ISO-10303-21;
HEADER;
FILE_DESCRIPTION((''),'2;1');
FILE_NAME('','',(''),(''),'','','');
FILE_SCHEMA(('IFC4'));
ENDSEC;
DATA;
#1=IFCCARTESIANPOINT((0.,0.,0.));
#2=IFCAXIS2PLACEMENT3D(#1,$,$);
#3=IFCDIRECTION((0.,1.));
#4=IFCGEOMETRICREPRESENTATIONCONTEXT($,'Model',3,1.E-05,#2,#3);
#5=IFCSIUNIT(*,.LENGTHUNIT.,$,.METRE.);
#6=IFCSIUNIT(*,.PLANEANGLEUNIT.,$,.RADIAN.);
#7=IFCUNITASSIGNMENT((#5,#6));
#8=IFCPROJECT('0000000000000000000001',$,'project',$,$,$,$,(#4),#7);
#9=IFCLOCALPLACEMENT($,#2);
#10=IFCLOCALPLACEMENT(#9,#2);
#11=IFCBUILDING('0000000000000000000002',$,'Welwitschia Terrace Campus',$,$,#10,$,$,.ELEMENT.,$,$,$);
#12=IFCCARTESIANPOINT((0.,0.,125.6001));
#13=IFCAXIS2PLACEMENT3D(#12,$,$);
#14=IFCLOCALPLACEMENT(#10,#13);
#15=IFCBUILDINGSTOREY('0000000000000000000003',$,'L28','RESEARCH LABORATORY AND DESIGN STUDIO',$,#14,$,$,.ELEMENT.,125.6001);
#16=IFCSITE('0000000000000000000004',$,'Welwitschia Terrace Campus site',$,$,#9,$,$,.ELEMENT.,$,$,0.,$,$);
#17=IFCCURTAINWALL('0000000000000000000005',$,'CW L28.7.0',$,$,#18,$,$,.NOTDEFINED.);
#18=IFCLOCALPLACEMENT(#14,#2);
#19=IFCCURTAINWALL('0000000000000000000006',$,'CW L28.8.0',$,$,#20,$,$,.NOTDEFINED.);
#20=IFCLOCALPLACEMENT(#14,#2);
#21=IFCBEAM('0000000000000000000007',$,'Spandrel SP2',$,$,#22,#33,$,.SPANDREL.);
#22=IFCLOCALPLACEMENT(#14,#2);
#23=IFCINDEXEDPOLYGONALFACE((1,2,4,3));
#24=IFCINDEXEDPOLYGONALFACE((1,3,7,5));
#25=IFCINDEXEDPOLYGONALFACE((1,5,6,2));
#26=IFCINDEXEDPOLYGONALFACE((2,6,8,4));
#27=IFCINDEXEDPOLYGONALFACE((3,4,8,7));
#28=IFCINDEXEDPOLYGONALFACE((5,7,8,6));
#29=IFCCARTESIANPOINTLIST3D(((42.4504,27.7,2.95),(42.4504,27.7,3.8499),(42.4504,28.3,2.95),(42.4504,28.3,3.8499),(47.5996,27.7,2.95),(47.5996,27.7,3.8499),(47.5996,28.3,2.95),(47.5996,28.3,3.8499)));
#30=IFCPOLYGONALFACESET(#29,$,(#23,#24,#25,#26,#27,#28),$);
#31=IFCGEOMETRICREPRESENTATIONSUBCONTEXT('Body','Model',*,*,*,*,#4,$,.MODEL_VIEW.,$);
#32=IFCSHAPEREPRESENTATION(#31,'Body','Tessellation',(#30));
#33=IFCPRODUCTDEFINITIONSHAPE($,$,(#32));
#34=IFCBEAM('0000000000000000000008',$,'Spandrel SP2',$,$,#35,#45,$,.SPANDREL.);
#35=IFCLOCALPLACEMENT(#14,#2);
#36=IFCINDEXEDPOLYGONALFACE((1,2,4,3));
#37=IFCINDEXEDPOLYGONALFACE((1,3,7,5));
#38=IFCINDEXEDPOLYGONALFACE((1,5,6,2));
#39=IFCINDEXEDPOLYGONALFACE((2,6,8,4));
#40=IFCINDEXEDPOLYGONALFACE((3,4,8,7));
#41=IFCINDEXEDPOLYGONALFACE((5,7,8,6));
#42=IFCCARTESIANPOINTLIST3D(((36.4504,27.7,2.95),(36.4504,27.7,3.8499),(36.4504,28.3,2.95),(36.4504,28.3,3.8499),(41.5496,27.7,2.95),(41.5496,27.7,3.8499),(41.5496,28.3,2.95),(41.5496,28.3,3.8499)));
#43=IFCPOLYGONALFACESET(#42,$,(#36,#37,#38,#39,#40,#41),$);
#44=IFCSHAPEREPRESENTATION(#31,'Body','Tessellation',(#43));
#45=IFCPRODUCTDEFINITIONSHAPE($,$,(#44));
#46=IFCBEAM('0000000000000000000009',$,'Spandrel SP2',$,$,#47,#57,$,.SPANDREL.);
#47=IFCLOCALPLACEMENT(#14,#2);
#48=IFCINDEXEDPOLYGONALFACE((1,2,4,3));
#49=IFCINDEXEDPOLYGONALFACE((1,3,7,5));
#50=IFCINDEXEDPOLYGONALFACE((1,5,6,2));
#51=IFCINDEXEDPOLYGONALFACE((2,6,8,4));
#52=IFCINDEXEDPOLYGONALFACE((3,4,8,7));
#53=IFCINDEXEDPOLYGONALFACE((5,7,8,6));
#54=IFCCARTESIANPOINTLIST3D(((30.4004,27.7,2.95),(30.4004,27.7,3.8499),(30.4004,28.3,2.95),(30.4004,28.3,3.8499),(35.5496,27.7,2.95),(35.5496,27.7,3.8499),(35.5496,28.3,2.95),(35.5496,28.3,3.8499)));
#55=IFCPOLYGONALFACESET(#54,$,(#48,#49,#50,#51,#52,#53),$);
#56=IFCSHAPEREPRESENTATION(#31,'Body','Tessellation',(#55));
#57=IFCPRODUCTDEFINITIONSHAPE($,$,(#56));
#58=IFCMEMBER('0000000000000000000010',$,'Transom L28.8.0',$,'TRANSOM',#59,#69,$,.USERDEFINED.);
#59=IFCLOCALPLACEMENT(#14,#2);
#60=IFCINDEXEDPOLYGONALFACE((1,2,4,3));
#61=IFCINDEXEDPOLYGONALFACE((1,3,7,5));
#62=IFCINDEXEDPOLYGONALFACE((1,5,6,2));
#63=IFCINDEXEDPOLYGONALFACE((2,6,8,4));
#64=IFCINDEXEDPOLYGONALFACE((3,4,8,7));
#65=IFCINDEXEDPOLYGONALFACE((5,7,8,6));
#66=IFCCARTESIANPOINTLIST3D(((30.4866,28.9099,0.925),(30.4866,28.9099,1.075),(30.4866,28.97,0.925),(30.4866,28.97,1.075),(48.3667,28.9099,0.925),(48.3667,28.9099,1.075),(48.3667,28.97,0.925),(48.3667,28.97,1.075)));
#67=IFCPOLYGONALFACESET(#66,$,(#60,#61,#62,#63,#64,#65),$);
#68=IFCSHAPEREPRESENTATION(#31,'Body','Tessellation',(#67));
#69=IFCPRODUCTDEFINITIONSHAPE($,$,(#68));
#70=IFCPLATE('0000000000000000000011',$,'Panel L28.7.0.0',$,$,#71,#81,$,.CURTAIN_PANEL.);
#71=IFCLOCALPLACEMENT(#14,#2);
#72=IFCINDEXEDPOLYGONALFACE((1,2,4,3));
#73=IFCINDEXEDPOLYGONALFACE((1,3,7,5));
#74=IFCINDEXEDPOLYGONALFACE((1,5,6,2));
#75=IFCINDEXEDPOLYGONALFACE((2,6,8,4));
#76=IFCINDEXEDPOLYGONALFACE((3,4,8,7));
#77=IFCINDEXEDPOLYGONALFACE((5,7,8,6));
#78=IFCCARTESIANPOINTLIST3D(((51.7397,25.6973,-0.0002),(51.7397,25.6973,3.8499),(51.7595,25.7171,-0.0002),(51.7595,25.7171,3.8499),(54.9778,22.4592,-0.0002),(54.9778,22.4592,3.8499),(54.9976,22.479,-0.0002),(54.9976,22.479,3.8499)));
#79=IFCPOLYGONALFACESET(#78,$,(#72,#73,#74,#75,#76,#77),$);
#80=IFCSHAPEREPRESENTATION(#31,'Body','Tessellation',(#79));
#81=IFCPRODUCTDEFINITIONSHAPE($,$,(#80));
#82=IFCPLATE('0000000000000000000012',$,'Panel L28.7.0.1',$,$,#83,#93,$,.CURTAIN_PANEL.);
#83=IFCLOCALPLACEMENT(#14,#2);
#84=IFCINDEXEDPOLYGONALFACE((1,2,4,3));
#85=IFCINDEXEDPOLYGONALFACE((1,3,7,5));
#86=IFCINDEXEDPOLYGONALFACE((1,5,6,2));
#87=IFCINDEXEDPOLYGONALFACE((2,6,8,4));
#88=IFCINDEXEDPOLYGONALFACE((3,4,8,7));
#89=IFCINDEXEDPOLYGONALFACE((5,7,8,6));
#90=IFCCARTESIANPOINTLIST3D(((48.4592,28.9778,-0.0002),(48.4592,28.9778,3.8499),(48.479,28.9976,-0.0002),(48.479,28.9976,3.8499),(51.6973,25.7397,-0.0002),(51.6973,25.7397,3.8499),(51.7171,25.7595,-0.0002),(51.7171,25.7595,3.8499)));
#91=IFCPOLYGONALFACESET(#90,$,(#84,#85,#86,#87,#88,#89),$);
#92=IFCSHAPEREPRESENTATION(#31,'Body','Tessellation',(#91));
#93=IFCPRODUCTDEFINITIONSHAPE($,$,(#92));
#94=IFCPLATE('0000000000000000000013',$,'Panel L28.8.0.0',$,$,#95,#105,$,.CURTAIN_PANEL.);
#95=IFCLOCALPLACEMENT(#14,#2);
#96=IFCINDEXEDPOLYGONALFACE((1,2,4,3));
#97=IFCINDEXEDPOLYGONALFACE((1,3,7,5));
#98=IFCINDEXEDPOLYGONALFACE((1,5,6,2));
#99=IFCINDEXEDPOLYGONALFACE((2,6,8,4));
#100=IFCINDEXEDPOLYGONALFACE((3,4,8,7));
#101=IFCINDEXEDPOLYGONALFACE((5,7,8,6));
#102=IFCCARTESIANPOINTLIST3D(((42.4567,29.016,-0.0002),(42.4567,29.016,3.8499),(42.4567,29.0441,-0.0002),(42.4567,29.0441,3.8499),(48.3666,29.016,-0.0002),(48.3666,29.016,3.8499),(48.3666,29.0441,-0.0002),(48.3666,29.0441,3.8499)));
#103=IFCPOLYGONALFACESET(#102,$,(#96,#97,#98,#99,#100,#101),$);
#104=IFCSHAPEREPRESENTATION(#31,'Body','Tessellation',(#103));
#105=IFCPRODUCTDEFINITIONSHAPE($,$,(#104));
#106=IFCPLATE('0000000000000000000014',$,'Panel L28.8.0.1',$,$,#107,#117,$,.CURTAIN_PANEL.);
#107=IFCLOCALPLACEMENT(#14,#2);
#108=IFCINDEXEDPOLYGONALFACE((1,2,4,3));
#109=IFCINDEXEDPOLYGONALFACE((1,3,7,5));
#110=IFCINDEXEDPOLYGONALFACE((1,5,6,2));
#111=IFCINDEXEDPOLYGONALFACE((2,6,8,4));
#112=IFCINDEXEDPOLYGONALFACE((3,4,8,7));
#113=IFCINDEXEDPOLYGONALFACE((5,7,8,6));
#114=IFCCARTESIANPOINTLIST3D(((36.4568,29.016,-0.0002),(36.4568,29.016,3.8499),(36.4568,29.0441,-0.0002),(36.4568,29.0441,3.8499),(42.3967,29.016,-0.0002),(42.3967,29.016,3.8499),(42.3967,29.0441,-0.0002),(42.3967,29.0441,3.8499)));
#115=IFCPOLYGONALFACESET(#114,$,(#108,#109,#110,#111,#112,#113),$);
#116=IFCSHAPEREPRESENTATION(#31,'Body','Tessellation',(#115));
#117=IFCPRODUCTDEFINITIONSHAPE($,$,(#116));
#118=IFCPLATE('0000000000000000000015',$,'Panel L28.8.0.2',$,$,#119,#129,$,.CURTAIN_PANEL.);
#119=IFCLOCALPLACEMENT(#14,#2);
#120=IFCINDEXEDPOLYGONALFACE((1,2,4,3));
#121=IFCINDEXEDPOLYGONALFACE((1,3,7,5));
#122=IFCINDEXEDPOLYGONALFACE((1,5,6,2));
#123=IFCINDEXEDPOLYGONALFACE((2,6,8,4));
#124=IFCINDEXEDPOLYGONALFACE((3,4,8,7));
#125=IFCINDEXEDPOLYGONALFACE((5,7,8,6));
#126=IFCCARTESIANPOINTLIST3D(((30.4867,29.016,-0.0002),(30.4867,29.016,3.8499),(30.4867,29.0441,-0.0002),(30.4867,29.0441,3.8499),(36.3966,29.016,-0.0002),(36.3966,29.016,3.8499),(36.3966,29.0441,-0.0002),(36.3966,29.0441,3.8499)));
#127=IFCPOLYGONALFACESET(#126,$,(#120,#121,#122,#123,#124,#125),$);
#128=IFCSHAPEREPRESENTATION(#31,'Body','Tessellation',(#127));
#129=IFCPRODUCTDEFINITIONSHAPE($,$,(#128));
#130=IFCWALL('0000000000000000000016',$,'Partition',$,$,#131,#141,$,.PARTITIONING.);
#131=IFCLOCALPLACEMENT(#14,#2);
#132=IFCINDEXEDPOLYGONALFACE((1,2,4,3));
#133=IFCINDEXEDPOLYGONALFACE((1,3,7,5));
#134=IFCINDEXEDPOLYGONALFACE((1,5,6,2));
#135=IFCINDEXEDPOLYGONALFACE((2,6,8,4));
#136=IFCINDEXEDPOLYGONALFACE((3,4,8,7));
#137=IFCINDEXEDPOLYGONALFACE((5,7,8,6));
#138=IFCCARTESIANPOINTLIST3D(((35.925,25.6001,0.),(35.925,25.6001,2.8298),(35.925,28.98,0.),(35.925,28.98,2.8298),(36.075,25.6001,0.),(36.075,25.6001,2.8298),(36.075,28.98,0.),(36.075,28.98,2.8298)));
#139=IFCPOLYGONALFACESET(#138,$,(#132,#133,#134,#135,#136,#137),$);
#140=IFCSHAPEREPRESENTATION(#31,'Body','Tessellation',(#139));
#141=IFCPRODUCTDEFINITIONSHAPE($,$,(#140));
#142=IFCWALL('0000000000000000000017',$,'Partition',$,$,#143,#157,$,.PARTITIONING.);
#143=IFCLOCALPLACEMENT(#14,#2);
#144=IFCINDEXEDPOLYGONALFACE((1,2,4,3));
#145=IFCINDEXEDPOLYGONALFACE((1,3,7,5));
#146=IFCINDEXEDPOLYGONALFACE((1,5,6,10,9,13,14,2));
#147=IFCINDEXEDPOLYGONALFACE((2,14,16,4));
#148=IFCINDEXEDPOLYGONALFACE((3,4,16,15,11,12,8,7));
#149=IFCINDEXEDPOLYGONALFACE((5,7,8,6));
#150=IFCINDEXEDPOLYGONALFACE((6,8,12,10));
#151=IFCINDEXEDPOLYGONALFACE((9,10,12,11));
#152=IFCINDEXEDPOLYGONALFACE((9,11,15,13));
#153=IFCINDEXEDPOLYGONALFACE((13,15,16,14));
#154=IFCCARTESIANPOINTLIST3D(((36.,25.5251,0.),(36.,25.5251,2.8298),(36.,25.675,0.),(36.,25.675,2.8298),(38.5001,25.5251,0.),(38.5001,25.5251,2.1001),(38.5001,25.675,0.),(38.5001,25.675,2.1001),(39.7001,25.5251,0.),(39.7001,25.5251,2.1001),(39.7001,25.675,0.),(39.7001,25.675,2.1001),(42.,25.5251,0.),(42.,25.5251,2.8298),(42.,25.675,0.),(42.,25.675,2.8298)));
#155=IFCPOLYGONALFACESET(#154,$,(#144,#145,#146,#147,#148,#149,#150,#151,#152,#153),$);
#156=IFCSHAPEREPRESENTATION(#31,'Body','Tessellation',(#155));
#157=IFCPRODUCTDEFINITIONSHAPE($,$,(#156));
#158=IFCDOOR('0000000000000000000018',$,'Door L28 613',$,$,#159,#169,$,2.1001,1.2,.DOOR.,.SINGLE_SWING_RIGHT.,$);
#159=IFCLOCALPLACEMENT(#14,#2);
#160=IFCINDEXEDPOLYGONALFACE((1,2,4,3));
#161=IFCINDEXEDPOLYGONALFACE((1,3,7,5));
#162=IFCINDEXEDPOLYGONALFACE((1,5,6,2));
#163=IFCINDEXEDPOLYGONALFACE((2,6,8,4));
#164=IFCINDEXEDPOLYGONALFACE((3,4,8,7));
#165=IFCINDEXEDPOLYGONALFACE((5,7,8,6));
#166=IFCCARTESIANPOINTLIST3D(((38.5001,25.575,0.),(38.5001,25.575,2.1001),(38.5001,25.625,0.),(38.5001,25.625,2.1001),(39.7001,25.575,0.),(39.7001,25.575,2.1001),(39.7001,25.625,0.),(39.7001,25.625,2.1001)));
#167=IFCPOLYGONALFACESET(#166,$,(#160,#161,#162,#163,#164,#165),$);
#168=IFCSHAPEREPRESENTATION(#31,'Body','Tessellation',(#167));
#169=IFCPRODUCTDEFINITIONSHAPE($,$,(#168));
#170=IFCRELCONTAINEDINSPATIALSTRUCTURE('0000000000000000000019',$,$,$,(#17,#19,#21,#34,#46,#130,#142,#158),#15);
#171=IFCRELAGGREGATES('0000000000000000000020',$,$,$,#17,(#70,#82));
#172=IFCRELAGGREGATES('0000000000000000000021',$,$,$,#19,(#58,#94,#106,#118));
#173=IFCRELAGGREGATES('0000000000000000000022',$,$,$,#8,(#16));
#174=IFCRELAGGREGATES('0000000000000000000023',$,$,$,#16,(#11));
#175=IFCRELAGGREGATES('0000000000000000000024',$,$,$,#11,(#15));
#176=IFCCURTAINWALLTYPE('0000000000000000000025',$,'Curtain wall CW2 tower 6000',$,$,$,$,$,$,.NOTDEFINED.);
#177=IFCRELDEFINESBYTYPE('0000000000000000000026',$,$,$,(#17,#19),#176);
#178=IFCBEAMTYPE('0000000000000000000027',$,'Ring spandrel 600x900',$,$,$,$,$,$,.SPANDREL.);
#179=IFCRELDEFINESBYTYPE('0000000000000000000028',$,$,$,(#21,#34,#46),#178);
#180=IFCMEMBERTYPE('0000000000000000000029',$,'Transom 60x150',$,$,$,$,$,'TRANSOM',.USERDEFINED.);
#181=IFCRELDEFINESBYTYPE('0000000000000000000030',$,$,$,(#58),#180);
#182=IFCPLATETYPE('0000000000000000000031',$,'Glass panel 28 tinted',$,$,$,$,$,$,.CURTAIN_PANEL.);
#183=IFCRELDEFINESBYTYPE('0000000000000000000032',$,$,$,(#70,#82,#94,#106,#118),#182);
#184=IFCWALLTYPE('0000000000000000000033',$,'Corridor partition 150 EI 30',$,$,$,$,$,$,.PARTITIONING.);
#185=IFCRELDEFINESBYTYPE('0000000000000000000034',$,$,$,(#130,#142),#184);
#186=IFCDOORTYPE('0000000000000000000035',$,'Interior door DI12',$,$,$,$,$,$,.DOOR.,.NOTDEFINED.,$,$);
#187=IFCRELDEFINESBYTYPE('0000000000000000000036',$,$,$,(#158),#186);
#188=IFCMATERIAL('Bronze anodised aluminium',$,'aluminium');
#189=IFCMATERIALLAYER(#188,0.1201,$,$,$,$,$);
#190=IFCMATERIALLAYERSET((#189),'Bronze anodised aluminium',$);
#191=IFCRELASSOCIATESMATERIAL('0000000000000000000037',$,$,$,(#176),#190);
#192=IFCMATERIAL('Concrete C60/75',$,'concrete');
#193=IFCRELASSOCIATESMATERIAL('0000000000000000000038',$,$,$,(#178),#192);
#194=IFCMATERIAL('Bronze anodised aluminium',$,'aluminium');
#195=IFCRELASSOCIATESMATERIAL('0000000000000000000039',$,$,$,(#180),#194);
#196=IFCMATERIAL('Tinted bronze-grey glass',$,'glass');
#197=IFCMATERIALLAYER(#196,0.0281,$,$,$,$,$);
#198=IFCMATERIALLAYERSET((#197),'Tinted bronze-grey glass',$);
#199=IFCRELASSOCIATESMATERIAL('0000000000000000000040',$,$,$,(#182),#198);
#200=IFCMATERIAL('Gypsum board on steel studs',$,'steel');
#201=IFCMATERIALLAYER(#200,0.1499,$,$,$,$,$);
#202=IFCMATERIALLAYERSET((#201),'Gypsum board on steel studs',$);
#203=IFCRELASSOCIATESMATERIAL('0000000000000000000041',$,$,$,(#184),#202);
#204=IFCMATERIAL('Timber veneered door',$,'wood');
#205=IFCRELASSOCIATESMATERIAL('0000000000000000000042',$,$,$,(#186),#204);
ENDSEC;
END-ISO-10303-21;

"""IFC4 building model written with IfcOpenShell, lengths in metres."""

from ifc_helpers import new_model, si_unit, direction, frame, frame_2d, origin, origin_2d, place, context, subcontext, project, spatial, rectangle, extrude, material, layer, layer_set, material_profile, profile_set, type_object, element, fill, aggregate, save


model = new_model("IFC4")

# Units and contexts
model_context = context("Model", 3, precision=1e-05, world=origin(), true_north=direction((0.0, 1.0)))
body_context = subcontext(model_context, "Body", "Model", "MODEL_VIEW")
ifc_project = project(units=[si_unit("LENGTHUNIT", "METRE"), si_unit("PLANEANGLEUNIT", "RADIAN")], contexts=[model_context])

# Site, building, storey
site_placement = place(None, origin())
site = spatial("IfcSite", under=ifc_project, at=site_placement, Name="Welwitschia Terrace Campus site", CompositionType="ELEMENT", RefElevation=0.0)
building_placement = place(site_placement, origin())
building = spatial("IfcBuilding", under=site, at=building_placement, Name="Welwitschia Terrace Campus", CompositionType="ELEMENT")
storey_placement = place(building_placement, frame((0.0, 0.0, 125.6001)))
storey = spatial("IfcBuildingStorey", under=building, at=storey_placement, Name="L28", Description="RESEARCH LABORATORY AND DESIGN STUDIO", CompositionType="ELEMENT", Elevation=125.6001)

# Curtain walls
ifc_material_1 = material(Name="Bronze anodised aluminium", Category="aluminium")
ifc_layer_1 = layer(ifc_material_1, 0.1201)
ifc_layer_set_1 = layer_set([ifc_layer_1], Name="Bronze anodised aluminium")
curtain_wall_type = type_object("IfcCurtainWallType", Name="Curtain wall CW2 tower 6000", PredefinedType="NOTDEFINED", material=ifc_layer_set_1)
curtain_wall_1_placement = place(storey_placement, origin())
curtain_wall_1 = element("IfcCurtainWall", 1, at=curtain_wall_1_placement, inside=storey, type_object=curtain_wall_type, Name="CW L28.7.0", PredefinedType="NOTDEFINED")
curtain_wall_2_placement = place(storey_placement, origin())
curtain_wall_2 = element("IfcCurtainWall", 2, at=curtain_wall_2_placement, inside=storey, type_object=curtain_wall_type, Name="CW L28.8.0", PredefinedType="NOTDEFINED")

# Beams
ifc_material_2 = material(Name="Concrete C60/75", Category="concrete")
ifc_material_profile_1 = material_profile(ifc_material_2, rectangle(XDim=0.6001, YDim=0.8999, at=origin_2d()))
ifc_profile_set_1 = profile_set([ifc_material_profile_1], Name="Concrete C60/75")
beam_type_1 = type_object("IfcBeamType", Name="Ring spandrel 600x900", PredefinedType="SPANDREL", material=ifc_profile_set_1)
beam_1_placement = place(storey_placement, frame((47.5996, 28.0, 3.3999), z_axis=(-1.0, 0.0, 0.0), x_axis=(0.0, -1.0, 0.0)))
element("IfcBeam", 3, at=beam_1_placement, inside=storey, type_object=beam_type_1, Name="Spandrel SP2", PredefinedType="SPANDREL", context=body_context, shape_type="SweptSolid", body=[
    extrude(rectangle(XDim=0.6001, YDim=0.8999, at=origin_2d()), origin(), (0.0, 0.0, 1.0), 5.1492),
])
beam_2_placement = place(storey_placement, frame((41.5496, 28.0, 3.3999), z_axis=(-1.0, 0.0, 0.0), x_axis=(0.0, -1.0, 0.0)))
element("IfcBeam", 4, at=beam_2_placement, inside=storey, type_object=beam_type_1, Name="Spandrel SP2", PredefinedType="SPANDREL", context=body_context, shape_type="SweptSolid", body=[
    extrude(rectangle(XDim=0.6001, YDim=0.8999, at=origin_2d()), origin(), (0.0, 0.0, 1.0), 5.0991),
])
beam_3_placement = place(storey_placement, frame((35.5496, 28.0, 3.3999), z_axis=(-1.0, 0.0, 0.0), x_axis=(0.0, -1.0, 0.0)))
element("IfcBeam", 5, at=beam_3_placement, inside=storey, type_object=beam_type_1, Name="Spandrel SP2", PredefinedType="SPANDREL", context=body_context, shape_type="SweptSolid", body=[
    extrude(rectangle(XDim=0.6001, YDim=0.8999, at=origin_2d()), origin(), (0.0, 0.0, 1.0), 5.1492),
])

# Member
ifc_material_3 = material(Name="Bronze anodised aluminium", Category="aluminium")
ifc_material_profile_2 = material_profile(ifc_material_3, rectangle(XDim=0.0601, YDim=0.1499, at=origin_2d()))
ifc_profile_set_2 = profile_set([ifc_material_profile_2], Name="Bronze anodised aluminium")
member_type_1 = type_object("IfcMemberType", Name="Transom 60x150", ElementType="TRANSOM", PredefinedType="USERDEFINED", material=ifc_profile_set_2)
member_1_placement = place(storey_placement, frame((48.3667, 28.9399, 1.0), z_axis=(-1.0, 0.0, 0.0), x_axis=(0.0, -1.0, 0.0)))
member_1 = element("IfcMember", 6, at=member_1_placement, type_object=member_type_1, Name="Transom L28.8.0", ObjectType="TRANSOM", PredefinedType="USERDEFINED", context=body_context, shape_type="SweptSolid", body=[
    extrude(rectangle(XDim=0.0601, YDim=0.1499, at=origin_2d()), origin(), (0.0, 0.0, 1.0), 17.8801),
])

# Plates
ifc_material_4 = material(Name="Tinted bronze-grey glass", Category="glass")
ifc_layer_2 = layer(ifc_material_4, 0.0281)
ifc_layer_set_2 = layer_set([ifc_layer_2], Name="Tinted bronze-grey glass")
plate_type = type_object("IfcPlateType", Name="Glass panel 28 tinted", PredefinedType="CURTAIN_PANEL", material=ifc_layer_set_2)
plate_1_placement = place(storey_placement, frame((53.3687, 24.0881, -0.0002), z_axis=(0.0, 0.0, 1.0), x_axis=(-0.707107, 0.707107, 0.0)))
plate_1 = element("IfcPlate", 7, at=plate_1_placement, type_object=plate_type, Name="Panel L28.7.0.0", PredefinedType="CURTAIN_PANEL", context=body_context, shape_type="SweptSolid", body=[
    extrude(rectangle(XDim=4.5793, YDim=0.0281, at=origin_2d()), origin(), (0.0, 0.0, 1.0), 3.8501),
])
plate_2_placement = place(storey_placement, frame((50.0881, 27.3687, -0.0002), z_axis=(0.0, 0.0, 1.0), x_axis=(-0.707107, 0.707107, 0.0)))
plate_2 = element("IfcPlate", 8, at=plate_2_placement, type_object=plate_type, Name="Panel L28.7.0.1", PredefinedType="CURTAIN_PANEL", context=body_context, shape_type="SweptSolid", body=[
    extrude(rectangle(XDim=4.5793, YDim=0.0281, at=origin_2d()), origin(), (0.0, 0.0, 1.0), 3.8501),
])
aggregate(curtain_wall_1, [plate_1, plate_2])
plate_3_placement = place(storey_placement, frame((45.4116, 29.03, -0.0002), z_axis=(0.0, 0.0, 1.0), x_axis=(-1.0, 0.0, 0.0)))
plate_3 = element("IfcPlate", 9, at=plate_3_placement, type_object=plate_type, Name="Panel L28.8.0.0", PredefinedType="CURTAIN_PANEL", context=body_context, shape_type="SweptSolid", body=[
    extrude(rectangle(XDim=5.9099, YDim=0.0281, at=origin_2d()), origin(), (0.0, 0.0, 1.0), 3.8501),
])
plate_4_placement = place(storey_placement, frame((39.4268, 29.03, -0.0002), z_axis=(0.0, 0.0, 1.0), x_axis=(-1.0, 0.0, 0.0)))
plate_4 = element("IfcPlate", 10, at=plate_4_placement, type_object=plate_type, Name="Panel L28.8.0.1", PredefinedType="CURTAIN_PANEL", context=body_context, shape_type="SweptSolid", body=[
    extrude(rectangle(XDim=5.9399, YDim=0.0281, at=origin_2d()), origin(), (0.0, 0.0, 1.0), 3.8501),
])
plate_5_placement = place(storey_placement, frame((33.4417, 29.03, -0.0002), z_axis=(0.0, 0.0, 1.0), x_axis=(-1.0, 0.0, 0.0)))
plate_5 = element("IfcPlate", 11, at=plate_5_placement, type_object=plate_type, Name="Panel L28.8.0.2", PredefinedType="CURTAIN_PANEL", context=body_context, shape_type="SweptSolid", body=[
    extrude(rectangle(XDim=5.9099, YDim=0.0281, at=origin_2d()), origin(), (0.0, 0.0, 1.0), 3.8501),
])
aggregate(curtain_wall_2, [member_1, plate_3, plate_4, plate_5])

# Wall
ifc_material_5 = material(Name="Gypsum board on steel studs", Category="steel")
ifc_layer_3 = layer(ifc_material_5, 0.1499)
ifc_layer_set_3 = layer_set([ifc_layer_3], Name="Gypsum board on steel studs")
wall_type = type_object("IfcWallType", Name="Corridor partition 150 EI 30", PredefinedType="PARTITIONING", material=ifc_layer_set_3)
wall_1_placement = place(storey_placement, frame((36.0, 25.6001, 0.0), z_axis=(0.0, 0.0, 1.0), x_axis=(0.0, 1.0, 0.0)))
element("IfcWall", 12, at=wall_1_placement, inside=storey, type_object=wall_type, Name="Partition", PredefinedType="PARTITIONING", context=body_context, shape_type="SweptSolid", body=[
    extrude(rectangle(XDim=3.3799, YDim=0.1499, at=frame_2d((1.6899, 0.0))), origin(), (0.0, 0.0, 1.0), 2.8298),
])

# Wall, opening, door
wall_2_placement = place(storey_placement, frame((36.0, 25.6001, 0.0), z_axis=(0.0, 0.0, 1.0), x_axis=(1.0, 0.0, 0.0)))
wall_2 = element("IfcWall", 13, at=wall_2_placement, inside=storey, type_object=wall_type, Name="Partition", PredefinedType="PARTITIONING", context=body_context, shape_type="SweptSolid", body=[
    extrude(rectangle(XDim=6.0, YDim=0.1499, at=frame_2d((3.0, 0.0))), origin(), (0.0, 0.0, 1.0), 2.8298),
])
opening_1_placement = place(wall_2_placement, frame((2.5, 0.0, 0.0)))
opening_1 = element("IfcOpeningElement", 14, at=opening_1_placement, cuts=wall_2, PredefinedType="OPENING", context=body_context, shape_type="SweptSolid", body=[
    extrude(rectangle(XDim=1.2, YDim=2.1001, at=frame_2d((0.6001, 1.05))), frame((0.0, 0.085, 0.0), z_axis=(0.0, -1.0, 0.0), x_axis=(1.0, 0.0, 0.0)), (0.0, 0.0, 1.0), 0.1699),
])
ifc_material_6 = material(Name="Timber veneered door", Category="wood")
door_type = type_object("IfcDoorType", Name="Interior door DI12", OperationType="NOTDEFINED", PredefinedType="DOOR", material=ifc_material_6)
door_1_placement = place(opening_1_placement, origin())
door_1 = element("IfcDoor", 15, at=door_1_placement, inside=storey, type_object=door_type, Name="Door L28 613", OperationType="SINGLE_SWING_RIGHT", OverallHeight=2.1001, OverallWidth=1.2, PredefinedType="DOOR", context=body_context, shape_type="SweptSolid", body=[
    extrude(rectangle(XDim=1.2, YDim=2.1001, at=frame_2d((0.6001, 1.05))), frame((0.0, 0.0249, 0.0), z_axis=(0.0, -1.0, 0.0), x_axis=(1.0, 0.0, 0.0)), (0.0, 0.0, 1.0), 0.05),
])
fill(opening_1, door_1)

save(model, "model.ifc")
